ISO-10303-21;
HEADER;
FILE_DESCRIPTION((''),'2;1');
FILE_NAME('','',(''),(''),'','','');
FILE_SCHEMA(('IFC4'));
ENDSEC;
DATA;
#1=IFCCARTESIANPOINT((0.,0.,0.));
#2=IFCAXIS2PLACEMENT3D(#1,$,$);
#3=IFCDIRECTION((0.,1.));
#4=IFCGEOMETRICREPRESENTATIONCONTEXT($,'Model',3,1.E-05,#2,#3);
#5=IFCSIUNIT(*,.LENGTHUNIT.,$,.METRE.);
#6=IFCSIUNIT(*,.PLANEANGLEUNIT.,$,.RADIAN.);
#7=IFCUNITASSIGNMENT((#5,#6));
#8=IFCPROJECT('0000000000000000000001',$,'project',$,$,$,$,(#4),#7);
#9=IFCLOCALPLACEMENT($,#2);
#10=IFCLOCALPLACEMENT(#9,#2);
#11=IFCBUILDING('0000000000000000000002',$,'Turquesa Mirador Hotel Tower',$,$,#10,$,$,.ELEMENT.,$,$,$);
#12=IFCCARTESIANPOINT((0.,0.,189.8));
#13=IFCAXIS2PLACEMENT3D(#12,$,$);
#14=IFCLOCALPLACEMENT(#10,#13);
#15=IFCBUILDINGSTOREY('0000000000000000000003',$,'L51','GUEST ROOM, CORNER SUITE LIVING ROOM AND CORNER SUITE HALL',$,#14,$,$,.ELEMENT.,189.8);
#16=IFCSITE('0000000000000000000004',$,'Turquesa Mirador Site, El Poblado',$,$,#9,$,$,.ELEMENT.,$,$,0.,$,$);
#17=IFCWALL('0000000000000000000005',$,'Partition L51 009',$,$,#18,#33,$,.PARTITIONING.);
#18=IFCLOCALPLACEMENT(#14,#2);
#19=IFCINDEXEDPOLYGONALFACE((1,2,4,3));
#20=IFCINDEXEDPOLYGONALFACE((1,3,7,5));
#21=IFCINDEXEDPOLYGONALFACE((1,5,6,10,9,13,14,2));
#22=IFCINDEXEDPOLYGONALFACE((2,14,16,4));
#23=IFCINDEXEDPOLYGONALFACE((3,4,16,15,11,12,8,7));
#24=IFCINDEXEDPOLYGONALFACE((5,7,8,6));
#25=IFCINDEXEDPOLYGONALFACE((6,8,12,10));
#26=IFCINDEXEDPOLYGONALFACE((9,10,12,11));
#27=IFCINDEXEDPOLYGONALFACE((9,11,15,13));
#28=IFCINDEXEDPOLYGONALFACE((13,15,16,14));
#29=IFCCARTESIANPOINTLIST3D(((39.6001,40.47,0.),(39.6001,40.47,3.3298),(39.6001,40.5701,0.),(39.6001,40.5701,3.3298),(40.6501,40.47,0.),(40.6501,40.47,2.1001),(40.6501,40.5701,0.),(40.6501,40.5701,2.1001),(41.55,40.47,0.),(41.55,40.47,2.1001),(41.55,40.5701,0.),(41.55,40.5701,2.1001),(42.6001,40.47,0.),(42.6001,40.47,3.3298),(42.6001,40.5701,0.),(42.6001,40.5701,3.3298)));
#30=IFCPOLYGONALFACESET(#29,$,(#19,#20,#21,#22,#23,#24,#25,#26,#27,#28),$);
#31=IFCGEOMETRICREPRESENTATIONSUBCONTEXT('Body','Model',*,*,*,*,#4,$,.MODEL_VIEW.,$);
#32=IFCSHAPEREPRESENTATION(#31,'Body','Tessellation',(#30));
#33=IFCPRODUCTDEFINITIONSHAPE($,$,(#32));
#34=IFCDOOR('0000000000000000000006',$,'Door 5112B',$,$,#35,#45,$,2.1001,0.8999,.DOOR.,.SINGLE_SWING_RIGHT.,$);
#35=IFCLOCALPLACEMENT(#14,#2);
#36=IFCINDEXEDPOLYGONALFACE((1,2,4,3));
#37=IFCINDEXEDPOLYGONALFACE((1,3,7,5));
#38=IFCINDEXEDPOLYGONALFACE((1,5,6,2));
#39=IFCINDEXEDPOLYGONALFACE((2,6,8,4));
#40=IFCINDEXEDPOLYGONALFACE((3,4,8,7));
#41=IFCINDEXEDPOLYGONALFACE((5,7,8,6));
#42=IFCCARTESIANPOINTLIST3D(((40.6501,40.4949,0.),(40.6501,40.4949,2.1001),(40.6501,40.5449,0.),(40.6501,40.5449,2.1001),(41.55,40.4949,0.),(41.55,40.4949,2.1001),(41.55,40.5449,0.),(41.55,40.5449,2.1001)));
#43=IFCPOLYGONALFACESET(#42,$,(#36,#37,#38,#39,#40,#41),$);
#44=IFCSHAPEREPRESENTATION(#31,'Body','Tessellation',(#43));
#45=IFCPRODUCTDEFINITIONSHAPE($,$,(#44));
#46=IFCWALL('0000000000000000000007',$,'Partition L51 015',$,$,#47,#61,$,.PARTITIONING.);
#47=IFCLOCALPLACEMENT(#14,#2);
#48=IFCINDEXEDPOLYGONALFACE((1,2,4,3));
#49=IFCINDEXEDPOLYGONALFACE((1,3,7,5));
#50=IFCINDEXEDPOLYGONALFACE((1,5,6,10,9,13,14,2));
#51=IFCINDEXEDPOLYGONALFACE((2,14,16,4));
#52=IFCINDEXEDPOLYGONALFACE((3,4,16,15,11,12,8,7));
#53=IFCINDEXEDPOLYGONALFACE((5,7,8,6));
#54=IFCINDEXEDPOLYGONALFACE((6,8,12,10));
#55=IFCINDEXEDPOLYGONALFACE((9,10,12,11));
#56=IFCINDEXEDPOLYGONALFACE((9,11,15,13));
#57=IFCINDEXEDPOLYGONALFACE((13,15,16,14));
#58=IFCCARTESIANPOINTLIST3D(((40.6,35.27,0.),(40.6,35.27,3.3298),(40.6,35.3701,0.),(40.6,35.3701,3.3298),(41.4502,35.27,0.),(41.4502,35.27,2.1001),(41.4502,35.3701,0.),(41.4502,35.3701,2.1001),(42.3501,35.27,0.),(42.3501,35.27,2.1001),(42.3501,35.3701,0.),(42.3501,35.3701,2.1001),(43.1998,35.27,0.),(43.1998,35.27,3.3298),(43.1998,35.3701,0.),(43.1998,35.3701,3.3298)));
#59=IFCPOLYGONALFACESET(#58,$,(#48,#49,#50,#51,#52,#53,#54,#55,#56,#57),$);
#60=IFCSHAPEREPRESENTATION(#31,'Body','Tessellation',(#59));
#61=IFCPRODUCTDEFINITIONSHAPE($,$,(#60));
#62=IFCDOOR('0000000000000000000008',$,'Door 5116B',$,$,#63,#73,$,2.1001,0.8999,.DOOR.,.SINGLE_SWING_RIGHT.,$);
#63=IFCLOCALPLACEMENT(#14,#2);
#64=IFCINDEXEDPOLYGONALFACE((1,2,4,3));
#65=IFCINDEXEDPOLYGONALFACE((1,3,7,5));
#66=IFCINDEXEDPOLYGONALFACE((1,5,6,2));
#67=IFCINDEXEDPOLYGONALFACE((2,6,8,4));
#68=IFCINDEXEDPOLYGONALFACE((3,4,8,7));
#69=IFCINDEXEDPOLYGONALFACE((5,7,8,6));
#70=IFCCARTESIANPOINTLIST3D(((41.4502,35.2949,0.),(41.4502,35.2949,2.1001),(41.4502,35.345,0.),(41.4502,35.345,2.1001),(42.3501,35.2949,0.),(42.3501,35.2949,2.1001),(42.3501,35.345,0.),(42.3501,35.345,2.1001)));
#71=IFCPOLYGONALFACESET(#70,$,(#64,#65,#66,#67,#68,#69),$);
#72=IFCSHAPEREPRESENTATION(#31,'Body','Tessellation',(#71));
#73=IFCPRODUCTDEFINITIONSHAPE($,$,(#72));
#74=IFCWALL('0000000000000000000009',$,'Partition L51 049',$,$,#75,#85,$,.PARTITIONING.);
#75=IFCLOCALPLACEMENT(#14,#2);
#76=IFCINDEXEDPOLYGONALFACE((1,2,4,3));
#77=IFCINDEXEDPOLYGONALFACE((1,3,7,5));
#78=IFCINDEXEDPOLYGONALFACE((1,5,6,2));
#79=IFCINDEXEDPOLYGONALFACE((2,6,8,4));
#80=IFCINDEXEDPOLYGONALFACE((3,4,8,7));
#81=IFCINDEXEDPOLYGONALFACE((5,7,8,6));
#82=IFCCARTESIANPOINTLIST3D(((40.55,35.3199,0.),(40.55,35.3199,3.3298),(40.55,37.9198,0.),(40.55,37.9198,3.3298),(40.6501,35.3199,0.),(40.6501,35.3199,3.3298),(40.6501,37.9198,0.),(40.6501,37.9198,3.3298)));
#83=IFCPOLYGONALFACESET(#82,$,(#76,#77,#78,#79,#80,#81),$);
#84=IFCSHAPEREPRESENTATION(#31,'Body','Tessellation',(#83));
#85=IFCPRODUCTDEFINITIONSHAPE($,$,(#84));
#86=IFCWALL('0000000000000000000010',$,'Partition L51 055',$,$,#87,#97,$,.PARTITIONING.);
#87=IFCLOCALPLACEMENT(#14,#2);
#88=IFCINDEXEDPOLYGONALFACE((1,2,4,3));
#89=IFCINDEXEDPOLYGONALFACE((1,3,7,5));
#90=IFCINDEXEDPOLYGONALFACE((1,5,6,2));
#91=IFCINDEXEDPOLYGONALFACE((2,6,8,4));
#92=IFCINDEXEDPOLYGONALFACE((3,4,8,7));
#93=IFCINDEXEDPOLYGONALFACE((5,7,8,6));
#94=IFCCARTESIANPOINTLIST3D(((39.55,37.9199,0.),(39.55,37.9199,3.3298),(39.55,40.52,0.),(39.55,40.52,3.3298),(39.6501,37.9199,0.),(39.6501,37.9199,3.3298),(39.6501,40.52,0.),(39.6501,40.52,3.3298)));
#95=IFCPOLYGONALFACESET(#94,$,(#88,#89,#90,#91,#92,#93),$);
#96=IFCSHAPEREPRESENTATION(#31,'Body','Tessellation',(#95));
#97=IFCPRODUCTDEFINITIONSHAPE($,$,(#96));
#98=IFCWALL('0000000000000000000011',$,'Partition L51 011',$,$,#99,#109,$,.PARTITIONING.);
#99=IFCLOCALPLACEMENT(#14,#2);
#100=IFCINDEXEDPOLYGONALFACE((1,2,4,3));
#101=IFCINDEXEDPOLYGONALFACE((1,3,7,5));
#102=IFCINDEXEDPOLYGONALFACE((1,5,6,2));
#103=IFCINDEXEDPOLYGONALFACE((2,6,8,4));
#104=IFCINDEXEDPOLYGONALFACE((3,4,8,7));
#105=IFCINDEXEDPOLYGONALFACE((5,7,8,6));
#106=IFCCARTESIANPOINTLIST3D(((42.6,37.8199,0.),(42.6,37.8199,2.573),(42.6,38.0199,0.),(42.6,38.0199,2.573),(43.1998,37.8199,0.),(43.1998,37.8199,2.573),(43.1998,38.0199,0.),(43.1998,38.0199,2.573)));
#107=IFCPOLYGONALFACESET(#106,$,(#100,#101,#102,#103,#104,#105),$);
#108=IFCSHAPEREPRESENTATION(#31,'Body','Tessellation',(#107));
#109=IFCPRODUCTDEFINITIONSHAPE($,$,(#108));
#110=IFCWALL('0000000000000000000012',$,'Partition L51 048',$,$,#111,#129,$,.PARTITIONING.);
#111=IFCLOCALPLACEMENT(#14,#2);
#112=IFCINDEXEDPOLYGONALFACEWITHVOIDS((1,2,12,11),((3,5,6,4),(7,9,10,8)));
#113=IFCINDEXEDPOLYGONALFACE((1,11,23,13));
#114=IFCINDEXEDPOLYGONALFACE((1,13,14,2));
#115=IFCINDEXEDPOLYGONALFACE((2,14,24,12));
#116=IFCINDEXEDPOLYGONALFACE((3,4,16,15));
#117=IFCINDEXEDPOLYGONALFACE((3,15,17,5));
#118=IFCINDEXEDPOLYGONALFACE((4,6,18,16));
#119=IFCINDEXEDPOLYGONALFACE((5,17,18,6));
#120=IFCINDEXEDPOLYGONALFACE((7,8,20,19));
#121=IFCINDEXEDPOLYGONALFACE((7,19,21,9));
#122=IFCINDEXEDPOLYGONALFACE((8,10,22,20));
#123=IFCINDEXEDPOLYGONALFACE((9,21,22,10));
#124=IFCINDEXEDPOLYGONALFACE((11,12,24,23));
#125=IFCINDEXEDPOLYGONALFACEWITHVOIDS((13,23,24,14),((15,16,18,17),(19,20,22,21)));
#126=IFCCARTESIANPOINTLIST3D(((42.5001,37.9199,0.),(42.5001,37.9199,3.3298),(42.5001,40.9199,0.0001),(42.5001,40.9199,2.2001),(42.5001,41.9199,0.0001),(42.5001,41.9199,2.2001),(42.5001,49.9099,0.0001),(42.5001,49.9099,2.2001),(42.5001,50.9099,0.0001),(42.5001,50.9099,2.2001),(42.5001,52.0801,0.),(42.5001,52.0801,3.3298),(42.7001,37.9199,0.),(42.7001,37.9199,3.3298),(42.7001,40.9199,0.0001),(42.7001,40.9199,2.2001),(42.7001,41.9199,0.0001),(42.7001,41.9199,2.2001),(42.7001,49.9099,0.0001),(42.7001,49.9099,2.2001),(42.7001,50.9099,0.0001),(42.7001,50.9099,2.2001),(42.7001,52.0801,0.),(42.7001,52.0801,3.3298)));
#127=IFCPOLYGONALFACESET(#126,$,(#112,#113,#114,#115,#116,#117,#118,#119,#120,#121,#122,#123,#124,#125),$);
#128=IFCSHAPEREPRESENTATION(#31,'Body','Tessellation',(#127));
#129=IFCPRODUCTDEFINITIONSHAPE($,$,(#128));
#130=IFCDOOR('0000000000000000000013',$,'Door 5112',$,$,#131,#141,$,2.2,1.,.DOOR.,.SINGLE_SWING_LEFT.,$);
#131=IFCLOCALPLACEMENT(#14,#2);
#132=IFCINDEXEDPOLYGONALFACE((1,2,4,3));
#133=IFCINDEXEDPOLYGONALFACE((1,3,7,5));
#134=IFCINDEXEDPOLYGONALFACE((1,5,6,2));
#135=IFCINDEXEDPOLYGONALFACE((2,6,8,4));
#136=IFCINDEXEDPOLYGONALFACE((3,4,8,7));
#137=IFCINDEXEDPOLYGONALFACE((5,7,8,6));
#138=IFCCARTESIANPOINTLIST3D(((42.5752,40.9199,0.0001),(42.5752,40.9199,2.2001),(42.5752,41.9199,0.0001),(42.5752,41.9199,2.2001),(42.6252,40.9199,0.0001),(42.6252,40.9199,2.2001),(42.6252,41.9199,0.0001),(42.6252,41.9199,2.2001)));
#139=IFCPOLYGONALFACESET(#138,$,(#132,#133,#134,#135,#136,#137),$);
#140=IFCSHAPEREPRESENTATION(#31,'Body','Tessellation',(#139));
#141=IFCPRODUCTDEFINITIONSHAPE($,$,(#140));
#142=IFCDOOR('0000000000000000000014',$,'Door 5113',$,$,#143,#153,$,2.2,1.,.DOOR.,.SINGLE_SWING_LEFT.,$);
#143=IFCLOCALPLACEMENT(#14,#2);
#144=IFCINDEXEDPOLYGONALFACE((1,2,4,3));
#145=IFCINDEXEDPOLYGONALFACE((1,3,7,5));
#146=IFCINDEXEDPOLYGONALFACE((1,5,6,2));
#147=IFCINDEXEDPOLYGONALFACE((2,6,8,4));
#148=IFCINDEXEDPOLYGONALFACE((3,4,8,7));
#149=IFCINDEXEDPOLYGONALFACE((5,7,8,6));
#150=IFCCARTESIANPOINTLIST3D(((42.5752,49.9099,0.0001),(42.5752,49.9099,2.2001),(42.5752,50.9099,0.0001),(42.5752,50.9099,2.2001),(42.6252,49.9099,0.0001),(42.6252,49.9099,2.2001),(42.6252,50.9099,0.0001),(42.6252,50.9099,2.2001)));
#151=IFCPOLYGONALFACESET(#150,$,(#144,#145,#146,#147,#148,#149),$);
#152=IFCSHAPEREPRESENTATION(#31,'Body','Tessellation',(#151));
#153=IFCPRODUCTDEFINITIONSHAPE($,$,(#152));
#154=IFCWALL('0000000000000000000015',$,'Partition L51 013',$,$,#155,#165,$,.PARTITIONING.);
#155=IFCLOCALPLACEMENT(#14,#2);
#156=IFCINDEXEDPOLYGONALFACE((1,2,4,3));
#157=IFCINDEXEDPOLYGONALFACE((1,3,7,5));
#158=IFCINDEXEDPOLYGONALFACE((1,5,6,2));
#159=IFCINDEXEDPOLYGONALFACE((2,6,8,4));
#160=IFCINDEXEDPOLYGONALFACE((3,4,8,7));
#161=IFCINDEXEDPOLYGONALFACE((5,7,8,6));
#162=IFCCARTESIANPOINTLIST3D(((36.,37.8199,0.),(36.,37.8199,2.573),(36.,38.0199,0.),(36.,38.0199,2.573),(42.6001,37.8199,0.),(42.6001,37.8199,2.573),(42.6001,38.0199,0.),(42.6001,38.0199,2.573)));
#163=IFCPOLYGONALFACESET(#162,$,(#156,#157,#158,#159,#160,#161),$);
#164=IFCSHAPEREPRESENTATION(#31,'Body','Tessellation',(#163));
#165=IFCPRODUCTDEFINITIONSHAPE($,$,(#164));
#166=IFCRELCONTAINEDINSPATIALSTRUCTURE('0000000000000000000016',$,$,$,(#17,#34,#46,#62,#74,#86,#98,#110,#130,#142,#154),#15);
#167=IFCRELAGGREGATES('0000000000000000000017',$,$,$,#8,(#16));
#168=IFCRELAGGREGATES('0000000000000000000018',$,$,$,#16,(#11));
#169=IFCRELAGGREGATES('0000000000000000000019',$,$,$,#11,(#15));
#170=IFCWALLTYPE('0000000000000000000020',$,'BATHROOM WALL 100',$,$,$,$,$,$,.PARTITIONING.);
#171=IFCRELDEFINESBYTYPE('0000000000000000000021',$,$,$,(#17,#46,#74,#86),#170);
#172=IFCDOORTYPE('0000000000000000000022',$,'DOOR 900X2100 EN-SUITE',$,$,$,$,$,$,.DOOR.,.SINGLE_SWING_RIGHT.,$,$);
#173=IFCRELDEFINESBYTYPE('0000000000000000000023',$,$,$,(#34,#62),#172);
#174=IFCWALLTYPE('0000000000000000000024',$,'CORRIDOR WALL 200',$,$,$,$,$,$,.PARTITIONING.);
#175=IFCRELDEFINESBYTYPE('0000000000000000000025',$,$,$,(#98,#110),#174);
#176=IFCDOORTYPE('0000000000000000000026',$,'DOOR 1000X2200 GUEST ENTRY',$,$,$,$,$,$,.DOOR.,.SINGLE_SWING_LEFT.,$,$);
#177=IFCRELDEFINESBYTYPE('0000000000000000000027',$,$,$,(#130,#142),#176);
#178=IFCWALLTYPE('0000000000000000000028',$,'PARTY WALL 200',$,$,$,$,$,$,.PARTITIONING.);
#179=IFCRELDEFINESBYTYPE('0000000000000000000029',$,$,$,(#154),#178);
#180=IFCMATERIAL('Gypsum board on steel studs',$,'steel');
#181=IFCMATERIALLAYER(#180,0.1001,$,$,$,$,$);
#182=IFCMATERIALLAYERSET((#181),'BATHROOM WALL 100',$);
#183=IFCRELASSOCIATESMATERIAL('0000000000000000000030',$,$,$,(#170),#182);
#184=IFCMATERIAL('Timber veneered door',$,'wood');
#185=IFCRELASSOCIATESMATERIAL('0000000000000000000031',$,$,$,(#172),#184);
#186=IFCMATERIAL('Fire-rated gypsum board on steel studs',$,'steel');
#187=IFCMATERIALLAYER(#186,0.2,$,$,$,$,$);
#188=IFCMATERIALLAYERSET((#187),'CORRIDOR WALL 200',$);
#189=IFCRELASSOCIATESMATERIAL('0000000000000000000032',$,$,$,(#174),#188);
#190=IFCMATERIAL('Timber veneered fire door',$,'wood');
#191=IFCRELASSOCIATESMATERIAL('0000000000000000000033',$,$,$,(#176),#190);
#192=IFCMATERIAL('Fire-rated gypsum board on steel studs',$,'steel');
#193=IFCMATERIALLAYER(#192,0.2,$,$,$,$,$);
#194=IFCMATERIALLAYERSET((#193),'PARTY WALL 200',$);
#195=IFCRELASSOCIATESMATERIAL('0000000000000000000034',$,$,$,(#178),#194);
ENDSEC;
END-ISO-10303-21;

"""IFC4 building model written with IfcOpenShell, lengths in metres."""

from ifc_helpers import new_model, si_unit, direction, frame, frame_2d, origin, place, context, subcontext, project, spatial, rectangle, extrude, material, layer, layer_set, type_object, element, fill, save


model = new_model("IFC4")

# Units and contexts
model_context = context("Model", 3, precision=1e-05, world=origin(), true_north=direction((0.0, 1.0)))
body_context = subcontext(model_context, "Body", "Model", "MODEL_VIEW")
ifc_project = project(units=[si_unit("LENGTHUNIT", "METRE"), si_unit("PLANEANGLEUNIT", "RADIAN")], contexts=[model_context])

# Site, building, storey
site_placement = place(None, origin())
site = spatial("IfcSite", under=ifc_project, at=site_placement, Name="Turquesa Mirador Site, El Poblado", CompositionType="ELEMENT", RefElevation=0.0)
building_placement = place(site_placement, origin())
building = spatial("IfcBuilding", under=site, at=building_placement, Name="Turquesa Mirador Hotel Tower", CompositionType="ELEMENT")
storey_placement = place(building_placement, frame((0.0, 0.0, 189.8)))
storey = spatial("IfcBuildingStorey", under=building, at=storey_placement, Name="L51", Description="GUEST ROOM, CORNER SUITE LIVING ROOM AND CORNER SUITE HALL", CompositionType="ELEMENT", Elevation=189.8)

# Walls, openings, doors
ifc_material_1 = material(Name="Gypsum board on steel studs", Category="steel")
ifc_layer_1 = layer(ifc_material_1, 0.1001)
ifc_layer_set_1 = layer_set([ifc_layer_1], Name="BATHROOM WALL 100")
wall_type_1 = type_object("IfcWallType", Name="BATHROOM WALL 100", PredefinedType="PARTITIONING", material=ifc_layer_set_1)
wall_1_placement = place(storey_placement, frame((39.6001, 40.52, 0.0), z_axis=(0.0, 0.0, 1.0), x_axis=(1.0, 0.0, 0.0)))
wall_1 = element("IfcWall", 1, at=wall_1_placement, inside=storey, type_object=wall_type_1, Name="Partition L51 009", PredefinedType="PARTITIONING", context=body_context, shape_type="SweptSolid", body=[
    extrude(rectangle(XDim=3.0, YDim=0.1001, at=frame_2d((1.5, 0.0))), origin(), (0.0, 0.0, 1.0), 3.3298),
])
opening_1_placement = place(wall_1_placement, frame((1.05, 0.0, 0.0)))
opening_1 = element("IfcOpeningElement", 2, at=opening_1_placement, cuts=wall_1, PredefinedType="OPENING", context=body_context, shape_type="SweptSolid", body=[
    extrude(rectangle(XDim=0.8999, YDim=2.1001, at=frame_2d((0.45, 1.05))), frame((0.0, 0.0601, 0.0), z_axis=(0.0, -1.0, 0.0), x_axis=(1.0, 0.0, 0.0)), (0.0, 0.0, 1.0), 0.1201),
])
ifc_material_2 = material(Name="Timber veneered door", Category="wood")
door_type_1 = type_object("IfcDoorType", Name="DOOR 900X2100 EN-SUITE", OperationType="SINGLE_SWING_RIGHT", PredefinedType="DOOR", material=ifc_material_2)
door_1_placement = place(opening_1_placement, origin())
door_1 = element("IfcDoor", 3, at=door_1_placement, inside=storey, type_object=door_type_1, Name="Door 5112B", OperationType="SINGLE_SWING_RIGHT", OverallHeight=2.1001, OverallWidth=0.8999, PredefinedType="DOOR", context=body_context, shape_type="SweptSolid", body=[
    extrude(rectangle(XDim=0.8999, YDim=2.1001, at=frame_2d((0.45, 1.05))), frame((0.0, 0.0249, 0.0), z_axis=(0.0, -1.0, 0.0), x_axis=(1.0, 0.0, 0.0)), (0.0, 0.0, 1.0), 0.05),
])
fill(opening_1, door_1)
wall_2_placement = place(storey_placement, frame((40.6001, 35.3201, 0.0), z_axis=(0.0, 0.0, 1.0), x_axis=(1.0, 0.0, 0.0)))
wall_2 = element("IfcWall", 4, at=wall_2_placement, inside=storey, type_object=wall_type_1, Name="Partition L51 015", PredefinedType="PARTITIONING", context=body_context, shape_type="SweptSolid", body=[
    extrude(rectangle(XDim=2.5999, YDim=0.1001, at=frame_2d((1.2998, 0.0))), origin(), (0.0, 0.0, 1.0), 3.3298),
])
opening_2_placement = place(wall_2_placement, frame((0.8501, 0.0, 0.0)))
opening_2 = element("IfcOpeningElement", 5, at=opening_2_placement, cuts=wall_2, PredefinedType="OPENING", context=body_context, shape_type="SweptSolid", body=[
    extrude(rectangle(XDim=0.8999, YDim=2.1001, at=frame_2d((0.45, 1.05))), frame((0.0, 0.0601, 0.0), z_axis=(0.0, -1.0, 0.0), x_axis=(1.0, 0.0, 0.0)), (0.0, 0.0, 1.0), 0.1201),
])
door_2_placement = place(opening_2_placement, origin())
door_2 = element("IfcDoor", 6, at=door_2_placement, inside=storey, type_object=door_type_1, Name="Door 5116B", OperationType="SINGLE_SWING_RIGHT", OverallHeight=2.1001, OverallWidth=0.8999, PredefinedType="DOOR", context=body_context, shape_type="SweptSolid", body=[
    extrude(rectangle(XDim=0.8999, YDim=2.1001, at=frame_2d((0.45, 1.05))), frame((0.0, 0.0249, 0.0), z_axis=(0.0, -1.0, 0.0), x_axis=(1.0, 0.0, 0.0)), (0.0, 0.0, 1.0), 0.05),
])
fill(opening_2, door_2)

# Walls
wall_3_placement = place(storey_placement, frame((40.6001, 35.3201, 0.0), z_axis=(0.0, 0.0, 1.0), x_axis=(0.0, 1.0, 0.0)))
element("IfcWall", 7, at=wall_3_placement, inside=storey, type_object=wall_type_1, Name="Partition L51 049", PredefinedType="PARTITIONING", context=body_context, shape_type="SweptSolid", body=[
    extrude(rectangle(XDim=2.5999, YDim=0.1001, at=frame_2d((1.2998, 0.0))), origin(), (0.0, 0.0, 1.0), 3.3298),
])
wall_4_placement = place(storey_placement, frame((39.6001, 37.9199, 0.0), z_axis=(0.0, 0.0, 1.0), x_axis=(0.0, 1.0, 0.0)))
element("IfcWall", 8, at=wall_4_placement, inside=storey, type_object=wall_type_1, Name="Partition L51 055", PredefinedType="PARTITIONING", context=body_context, shape_type="SweptSolid", body=[
    extrude(rectangle(XDim=2.6001, YDim=0.1001, at=frame_2d((1.3, 0.0))), origin(), (0.0, 0.0, 1.0), 3.3298),
])
ifc_material_3 = material(Name="Fire-rated gypsum board on steel studs", Category="steel")
ifc_layer_2 = layer(ifc_material_3, 0.2)
ifc_layer_set_2 = layer_set([ifc_layer_2], Name="CORRIDOR WALL 200")
wall_type_2 = type_object("IfcWallType", Name="CORRIDOR WALL 200", PredefinedType="PARTITIONING", material=ifc_layer_set_2)
wall_5_placement = place(storey_placement, frame((42.6001, 37.9199, 0.0), z_axis=(0.0, 0.0, 1.0), x_axis=(1.0, 0.0, 0.0)))
element("IfcWall", 9, at=wall_5_placement, inside=storey, type_object=wall_type_2, Name="Partition L51 011", PredefinedType="PARTITIONING", context=body_context, shape_type="SweptSolid", body=[
    extrude(rectangle(XDim=0.5999, YDim=0.2, at=frame_2d((0.2998, 0.0))), origin(), (0.0, 0.0, 1.0), 2.573),
])

# Wall, openings, doors
wall_6_placement = place(storey_placement, frame((42.6001, 37.9199, 0.0), z_axis=(0.0, 0.0, 1.0), x_axis=(0.0, 1.0, 0.0)))
wall_6 = element("IfcWall", 10, at=wall_6_placement, inside=storey, type_object=wall_type_2, Name="Partition L51 048", PredefinedType="PARTITIONING", context=body_context, shape_type="SweptSolid", body=[
    extrude(rectangle(XDim=14.1602, YDim=0.2, at=frame_2d((7.0801, 0.0))), origin(), (0.0, 0.0, 1.0), 3.3298),
])
opening_3_placement = place(wall_6_placement, frame((3.0, 0.0, 0.0)))
opening_3 = element("IfcOpeningElement", 11, at=opening_3_placement, cuts=wall_6, PredefinedType="OPENING", context=body_context, shape_type="SweptSolid", body=[
    extrude(rectangle(XDim=1.0, YDim=2.2, at=frame_2d((0.5, 1.1001))), frame((0.0, 0.1099, 0.0), z_axis=(0.0, -1.0, 0.0), x_axis=(1.0, 0.0, 0.0)), (0.0, 0.0, 1.0), 0.22),
])
opening_4_placement = place(wall_6_placement, frame((11.99, 0.0, 0.0)))
opening_4 = element("IfcOpeningElement", 12, at=opening_4_placement, cuts=wall_6, PredefinedType="OPENING", context=body_context, shape_type="SweptSolid", body=[
    extrude(rectangle(XDim=1.0, YDim=2.2, at=frame_2d((0.5, 1.1001))), frame((0.0, 0.1099, 0.0), z_axis=(0.0, -1.0, 0.0), x_axis=(1.0, 0.0, 0.0)), (0.0, 0.0, 1.0), 0.22),
])
ifc_material_4 = material(Name="Timber veneered fire door", Category="wood")
door_type_2 = type_object("IfcDoorType", Name="DOOR 1000X2200 GUEST ENTRY", OperationType="SINGLE_SWING_LEFT", PredefinedType="DOOR", material=ifc_material_4)
door_3_placement = place(opening_3_placement, origin())
door_3 = element("IfcDoor", 13, at=door_3_placement, inside=storey, type_object=door_type_2, Name="Door 5112", OperationType="SINGLE_SWING_LEFT", OverallHeight=2.2, OverallWidth=1.0, PredefinedType="DOOR", context=body_context, shape_type="SweptSolid", body=[
    extrude(rectangle(XDim=1.0, YDim=2.2, at=frame_2d((0.5, 1.1001))), frame((0.0, 0.0249, 0.0), z_axis=(0.0, -1.0, 0.0), x_axis=(1.0, 0.0, 0.0)), (0.0, 0.0, 1.0), 0.05),
])
fill(opening_3, door_3)
door_4_placement = place(opening_4_placement, origin())
door_4 = element("IfcDoor", 14, at=door_4_placement, inside=storey, type_object=door_type_2, Name="Door 5113", OperationType="SINGLE_SWING_LEFT", OverallHeight=2.2, OverallWidth=1.0, PredefinedType="DOOR", context=body_context, shape_type="SweptSolid", body=[
    extrude(rectangle(XDim=1.0, YDim=2.2, at=frame_2d((0.5, 1.1001))), frame((0.0, 0.0249, 0.0), z_axis=(0.0, -1.0, 0.0), x_axis=(1.0, 0.0, 0.0)), (0.0, 0.0, 1.0), 0.05),
])
fill(opening_4, door_4)

# Wall
ifc_material_5 = material(Name="Fire-rated gypsum board on steel studs", Category="steel")
ifc_layer_3 = layer(ifc_material_5, 0.2)
ifc_layer_set_3 = layer_set([ifc_layer_3], Name="PARTY WALL 200")
wall_type_3 = type_object("IfcWallType", Name="PARTY WALL 200", PredefinedType="PARTITIONING", material=ifc_layer_set_3)
wall_7_placement = place(storey_placement, frame((36.0, 37.9199, 0.0), z_axis=(0.0, 0.0, 1.0), x_axis=(1.0, 0.0, 0.0)))
element("IfcWall", 15, at=wall_7_placement, inside=storey, type_object=wall_type_3, Name="Partition L51 013", PredefinedType="PARTITIONING", context=body_context, shape_type="SweptSolid", body=[
    extrude(rectangle(XDim=6.6001, YDim=0.2, at=frame_2d((3.3, 0.0))), origin(), (0.0, 0.0, 1.0), 2.573),
])

save(model, "model.ifc")
